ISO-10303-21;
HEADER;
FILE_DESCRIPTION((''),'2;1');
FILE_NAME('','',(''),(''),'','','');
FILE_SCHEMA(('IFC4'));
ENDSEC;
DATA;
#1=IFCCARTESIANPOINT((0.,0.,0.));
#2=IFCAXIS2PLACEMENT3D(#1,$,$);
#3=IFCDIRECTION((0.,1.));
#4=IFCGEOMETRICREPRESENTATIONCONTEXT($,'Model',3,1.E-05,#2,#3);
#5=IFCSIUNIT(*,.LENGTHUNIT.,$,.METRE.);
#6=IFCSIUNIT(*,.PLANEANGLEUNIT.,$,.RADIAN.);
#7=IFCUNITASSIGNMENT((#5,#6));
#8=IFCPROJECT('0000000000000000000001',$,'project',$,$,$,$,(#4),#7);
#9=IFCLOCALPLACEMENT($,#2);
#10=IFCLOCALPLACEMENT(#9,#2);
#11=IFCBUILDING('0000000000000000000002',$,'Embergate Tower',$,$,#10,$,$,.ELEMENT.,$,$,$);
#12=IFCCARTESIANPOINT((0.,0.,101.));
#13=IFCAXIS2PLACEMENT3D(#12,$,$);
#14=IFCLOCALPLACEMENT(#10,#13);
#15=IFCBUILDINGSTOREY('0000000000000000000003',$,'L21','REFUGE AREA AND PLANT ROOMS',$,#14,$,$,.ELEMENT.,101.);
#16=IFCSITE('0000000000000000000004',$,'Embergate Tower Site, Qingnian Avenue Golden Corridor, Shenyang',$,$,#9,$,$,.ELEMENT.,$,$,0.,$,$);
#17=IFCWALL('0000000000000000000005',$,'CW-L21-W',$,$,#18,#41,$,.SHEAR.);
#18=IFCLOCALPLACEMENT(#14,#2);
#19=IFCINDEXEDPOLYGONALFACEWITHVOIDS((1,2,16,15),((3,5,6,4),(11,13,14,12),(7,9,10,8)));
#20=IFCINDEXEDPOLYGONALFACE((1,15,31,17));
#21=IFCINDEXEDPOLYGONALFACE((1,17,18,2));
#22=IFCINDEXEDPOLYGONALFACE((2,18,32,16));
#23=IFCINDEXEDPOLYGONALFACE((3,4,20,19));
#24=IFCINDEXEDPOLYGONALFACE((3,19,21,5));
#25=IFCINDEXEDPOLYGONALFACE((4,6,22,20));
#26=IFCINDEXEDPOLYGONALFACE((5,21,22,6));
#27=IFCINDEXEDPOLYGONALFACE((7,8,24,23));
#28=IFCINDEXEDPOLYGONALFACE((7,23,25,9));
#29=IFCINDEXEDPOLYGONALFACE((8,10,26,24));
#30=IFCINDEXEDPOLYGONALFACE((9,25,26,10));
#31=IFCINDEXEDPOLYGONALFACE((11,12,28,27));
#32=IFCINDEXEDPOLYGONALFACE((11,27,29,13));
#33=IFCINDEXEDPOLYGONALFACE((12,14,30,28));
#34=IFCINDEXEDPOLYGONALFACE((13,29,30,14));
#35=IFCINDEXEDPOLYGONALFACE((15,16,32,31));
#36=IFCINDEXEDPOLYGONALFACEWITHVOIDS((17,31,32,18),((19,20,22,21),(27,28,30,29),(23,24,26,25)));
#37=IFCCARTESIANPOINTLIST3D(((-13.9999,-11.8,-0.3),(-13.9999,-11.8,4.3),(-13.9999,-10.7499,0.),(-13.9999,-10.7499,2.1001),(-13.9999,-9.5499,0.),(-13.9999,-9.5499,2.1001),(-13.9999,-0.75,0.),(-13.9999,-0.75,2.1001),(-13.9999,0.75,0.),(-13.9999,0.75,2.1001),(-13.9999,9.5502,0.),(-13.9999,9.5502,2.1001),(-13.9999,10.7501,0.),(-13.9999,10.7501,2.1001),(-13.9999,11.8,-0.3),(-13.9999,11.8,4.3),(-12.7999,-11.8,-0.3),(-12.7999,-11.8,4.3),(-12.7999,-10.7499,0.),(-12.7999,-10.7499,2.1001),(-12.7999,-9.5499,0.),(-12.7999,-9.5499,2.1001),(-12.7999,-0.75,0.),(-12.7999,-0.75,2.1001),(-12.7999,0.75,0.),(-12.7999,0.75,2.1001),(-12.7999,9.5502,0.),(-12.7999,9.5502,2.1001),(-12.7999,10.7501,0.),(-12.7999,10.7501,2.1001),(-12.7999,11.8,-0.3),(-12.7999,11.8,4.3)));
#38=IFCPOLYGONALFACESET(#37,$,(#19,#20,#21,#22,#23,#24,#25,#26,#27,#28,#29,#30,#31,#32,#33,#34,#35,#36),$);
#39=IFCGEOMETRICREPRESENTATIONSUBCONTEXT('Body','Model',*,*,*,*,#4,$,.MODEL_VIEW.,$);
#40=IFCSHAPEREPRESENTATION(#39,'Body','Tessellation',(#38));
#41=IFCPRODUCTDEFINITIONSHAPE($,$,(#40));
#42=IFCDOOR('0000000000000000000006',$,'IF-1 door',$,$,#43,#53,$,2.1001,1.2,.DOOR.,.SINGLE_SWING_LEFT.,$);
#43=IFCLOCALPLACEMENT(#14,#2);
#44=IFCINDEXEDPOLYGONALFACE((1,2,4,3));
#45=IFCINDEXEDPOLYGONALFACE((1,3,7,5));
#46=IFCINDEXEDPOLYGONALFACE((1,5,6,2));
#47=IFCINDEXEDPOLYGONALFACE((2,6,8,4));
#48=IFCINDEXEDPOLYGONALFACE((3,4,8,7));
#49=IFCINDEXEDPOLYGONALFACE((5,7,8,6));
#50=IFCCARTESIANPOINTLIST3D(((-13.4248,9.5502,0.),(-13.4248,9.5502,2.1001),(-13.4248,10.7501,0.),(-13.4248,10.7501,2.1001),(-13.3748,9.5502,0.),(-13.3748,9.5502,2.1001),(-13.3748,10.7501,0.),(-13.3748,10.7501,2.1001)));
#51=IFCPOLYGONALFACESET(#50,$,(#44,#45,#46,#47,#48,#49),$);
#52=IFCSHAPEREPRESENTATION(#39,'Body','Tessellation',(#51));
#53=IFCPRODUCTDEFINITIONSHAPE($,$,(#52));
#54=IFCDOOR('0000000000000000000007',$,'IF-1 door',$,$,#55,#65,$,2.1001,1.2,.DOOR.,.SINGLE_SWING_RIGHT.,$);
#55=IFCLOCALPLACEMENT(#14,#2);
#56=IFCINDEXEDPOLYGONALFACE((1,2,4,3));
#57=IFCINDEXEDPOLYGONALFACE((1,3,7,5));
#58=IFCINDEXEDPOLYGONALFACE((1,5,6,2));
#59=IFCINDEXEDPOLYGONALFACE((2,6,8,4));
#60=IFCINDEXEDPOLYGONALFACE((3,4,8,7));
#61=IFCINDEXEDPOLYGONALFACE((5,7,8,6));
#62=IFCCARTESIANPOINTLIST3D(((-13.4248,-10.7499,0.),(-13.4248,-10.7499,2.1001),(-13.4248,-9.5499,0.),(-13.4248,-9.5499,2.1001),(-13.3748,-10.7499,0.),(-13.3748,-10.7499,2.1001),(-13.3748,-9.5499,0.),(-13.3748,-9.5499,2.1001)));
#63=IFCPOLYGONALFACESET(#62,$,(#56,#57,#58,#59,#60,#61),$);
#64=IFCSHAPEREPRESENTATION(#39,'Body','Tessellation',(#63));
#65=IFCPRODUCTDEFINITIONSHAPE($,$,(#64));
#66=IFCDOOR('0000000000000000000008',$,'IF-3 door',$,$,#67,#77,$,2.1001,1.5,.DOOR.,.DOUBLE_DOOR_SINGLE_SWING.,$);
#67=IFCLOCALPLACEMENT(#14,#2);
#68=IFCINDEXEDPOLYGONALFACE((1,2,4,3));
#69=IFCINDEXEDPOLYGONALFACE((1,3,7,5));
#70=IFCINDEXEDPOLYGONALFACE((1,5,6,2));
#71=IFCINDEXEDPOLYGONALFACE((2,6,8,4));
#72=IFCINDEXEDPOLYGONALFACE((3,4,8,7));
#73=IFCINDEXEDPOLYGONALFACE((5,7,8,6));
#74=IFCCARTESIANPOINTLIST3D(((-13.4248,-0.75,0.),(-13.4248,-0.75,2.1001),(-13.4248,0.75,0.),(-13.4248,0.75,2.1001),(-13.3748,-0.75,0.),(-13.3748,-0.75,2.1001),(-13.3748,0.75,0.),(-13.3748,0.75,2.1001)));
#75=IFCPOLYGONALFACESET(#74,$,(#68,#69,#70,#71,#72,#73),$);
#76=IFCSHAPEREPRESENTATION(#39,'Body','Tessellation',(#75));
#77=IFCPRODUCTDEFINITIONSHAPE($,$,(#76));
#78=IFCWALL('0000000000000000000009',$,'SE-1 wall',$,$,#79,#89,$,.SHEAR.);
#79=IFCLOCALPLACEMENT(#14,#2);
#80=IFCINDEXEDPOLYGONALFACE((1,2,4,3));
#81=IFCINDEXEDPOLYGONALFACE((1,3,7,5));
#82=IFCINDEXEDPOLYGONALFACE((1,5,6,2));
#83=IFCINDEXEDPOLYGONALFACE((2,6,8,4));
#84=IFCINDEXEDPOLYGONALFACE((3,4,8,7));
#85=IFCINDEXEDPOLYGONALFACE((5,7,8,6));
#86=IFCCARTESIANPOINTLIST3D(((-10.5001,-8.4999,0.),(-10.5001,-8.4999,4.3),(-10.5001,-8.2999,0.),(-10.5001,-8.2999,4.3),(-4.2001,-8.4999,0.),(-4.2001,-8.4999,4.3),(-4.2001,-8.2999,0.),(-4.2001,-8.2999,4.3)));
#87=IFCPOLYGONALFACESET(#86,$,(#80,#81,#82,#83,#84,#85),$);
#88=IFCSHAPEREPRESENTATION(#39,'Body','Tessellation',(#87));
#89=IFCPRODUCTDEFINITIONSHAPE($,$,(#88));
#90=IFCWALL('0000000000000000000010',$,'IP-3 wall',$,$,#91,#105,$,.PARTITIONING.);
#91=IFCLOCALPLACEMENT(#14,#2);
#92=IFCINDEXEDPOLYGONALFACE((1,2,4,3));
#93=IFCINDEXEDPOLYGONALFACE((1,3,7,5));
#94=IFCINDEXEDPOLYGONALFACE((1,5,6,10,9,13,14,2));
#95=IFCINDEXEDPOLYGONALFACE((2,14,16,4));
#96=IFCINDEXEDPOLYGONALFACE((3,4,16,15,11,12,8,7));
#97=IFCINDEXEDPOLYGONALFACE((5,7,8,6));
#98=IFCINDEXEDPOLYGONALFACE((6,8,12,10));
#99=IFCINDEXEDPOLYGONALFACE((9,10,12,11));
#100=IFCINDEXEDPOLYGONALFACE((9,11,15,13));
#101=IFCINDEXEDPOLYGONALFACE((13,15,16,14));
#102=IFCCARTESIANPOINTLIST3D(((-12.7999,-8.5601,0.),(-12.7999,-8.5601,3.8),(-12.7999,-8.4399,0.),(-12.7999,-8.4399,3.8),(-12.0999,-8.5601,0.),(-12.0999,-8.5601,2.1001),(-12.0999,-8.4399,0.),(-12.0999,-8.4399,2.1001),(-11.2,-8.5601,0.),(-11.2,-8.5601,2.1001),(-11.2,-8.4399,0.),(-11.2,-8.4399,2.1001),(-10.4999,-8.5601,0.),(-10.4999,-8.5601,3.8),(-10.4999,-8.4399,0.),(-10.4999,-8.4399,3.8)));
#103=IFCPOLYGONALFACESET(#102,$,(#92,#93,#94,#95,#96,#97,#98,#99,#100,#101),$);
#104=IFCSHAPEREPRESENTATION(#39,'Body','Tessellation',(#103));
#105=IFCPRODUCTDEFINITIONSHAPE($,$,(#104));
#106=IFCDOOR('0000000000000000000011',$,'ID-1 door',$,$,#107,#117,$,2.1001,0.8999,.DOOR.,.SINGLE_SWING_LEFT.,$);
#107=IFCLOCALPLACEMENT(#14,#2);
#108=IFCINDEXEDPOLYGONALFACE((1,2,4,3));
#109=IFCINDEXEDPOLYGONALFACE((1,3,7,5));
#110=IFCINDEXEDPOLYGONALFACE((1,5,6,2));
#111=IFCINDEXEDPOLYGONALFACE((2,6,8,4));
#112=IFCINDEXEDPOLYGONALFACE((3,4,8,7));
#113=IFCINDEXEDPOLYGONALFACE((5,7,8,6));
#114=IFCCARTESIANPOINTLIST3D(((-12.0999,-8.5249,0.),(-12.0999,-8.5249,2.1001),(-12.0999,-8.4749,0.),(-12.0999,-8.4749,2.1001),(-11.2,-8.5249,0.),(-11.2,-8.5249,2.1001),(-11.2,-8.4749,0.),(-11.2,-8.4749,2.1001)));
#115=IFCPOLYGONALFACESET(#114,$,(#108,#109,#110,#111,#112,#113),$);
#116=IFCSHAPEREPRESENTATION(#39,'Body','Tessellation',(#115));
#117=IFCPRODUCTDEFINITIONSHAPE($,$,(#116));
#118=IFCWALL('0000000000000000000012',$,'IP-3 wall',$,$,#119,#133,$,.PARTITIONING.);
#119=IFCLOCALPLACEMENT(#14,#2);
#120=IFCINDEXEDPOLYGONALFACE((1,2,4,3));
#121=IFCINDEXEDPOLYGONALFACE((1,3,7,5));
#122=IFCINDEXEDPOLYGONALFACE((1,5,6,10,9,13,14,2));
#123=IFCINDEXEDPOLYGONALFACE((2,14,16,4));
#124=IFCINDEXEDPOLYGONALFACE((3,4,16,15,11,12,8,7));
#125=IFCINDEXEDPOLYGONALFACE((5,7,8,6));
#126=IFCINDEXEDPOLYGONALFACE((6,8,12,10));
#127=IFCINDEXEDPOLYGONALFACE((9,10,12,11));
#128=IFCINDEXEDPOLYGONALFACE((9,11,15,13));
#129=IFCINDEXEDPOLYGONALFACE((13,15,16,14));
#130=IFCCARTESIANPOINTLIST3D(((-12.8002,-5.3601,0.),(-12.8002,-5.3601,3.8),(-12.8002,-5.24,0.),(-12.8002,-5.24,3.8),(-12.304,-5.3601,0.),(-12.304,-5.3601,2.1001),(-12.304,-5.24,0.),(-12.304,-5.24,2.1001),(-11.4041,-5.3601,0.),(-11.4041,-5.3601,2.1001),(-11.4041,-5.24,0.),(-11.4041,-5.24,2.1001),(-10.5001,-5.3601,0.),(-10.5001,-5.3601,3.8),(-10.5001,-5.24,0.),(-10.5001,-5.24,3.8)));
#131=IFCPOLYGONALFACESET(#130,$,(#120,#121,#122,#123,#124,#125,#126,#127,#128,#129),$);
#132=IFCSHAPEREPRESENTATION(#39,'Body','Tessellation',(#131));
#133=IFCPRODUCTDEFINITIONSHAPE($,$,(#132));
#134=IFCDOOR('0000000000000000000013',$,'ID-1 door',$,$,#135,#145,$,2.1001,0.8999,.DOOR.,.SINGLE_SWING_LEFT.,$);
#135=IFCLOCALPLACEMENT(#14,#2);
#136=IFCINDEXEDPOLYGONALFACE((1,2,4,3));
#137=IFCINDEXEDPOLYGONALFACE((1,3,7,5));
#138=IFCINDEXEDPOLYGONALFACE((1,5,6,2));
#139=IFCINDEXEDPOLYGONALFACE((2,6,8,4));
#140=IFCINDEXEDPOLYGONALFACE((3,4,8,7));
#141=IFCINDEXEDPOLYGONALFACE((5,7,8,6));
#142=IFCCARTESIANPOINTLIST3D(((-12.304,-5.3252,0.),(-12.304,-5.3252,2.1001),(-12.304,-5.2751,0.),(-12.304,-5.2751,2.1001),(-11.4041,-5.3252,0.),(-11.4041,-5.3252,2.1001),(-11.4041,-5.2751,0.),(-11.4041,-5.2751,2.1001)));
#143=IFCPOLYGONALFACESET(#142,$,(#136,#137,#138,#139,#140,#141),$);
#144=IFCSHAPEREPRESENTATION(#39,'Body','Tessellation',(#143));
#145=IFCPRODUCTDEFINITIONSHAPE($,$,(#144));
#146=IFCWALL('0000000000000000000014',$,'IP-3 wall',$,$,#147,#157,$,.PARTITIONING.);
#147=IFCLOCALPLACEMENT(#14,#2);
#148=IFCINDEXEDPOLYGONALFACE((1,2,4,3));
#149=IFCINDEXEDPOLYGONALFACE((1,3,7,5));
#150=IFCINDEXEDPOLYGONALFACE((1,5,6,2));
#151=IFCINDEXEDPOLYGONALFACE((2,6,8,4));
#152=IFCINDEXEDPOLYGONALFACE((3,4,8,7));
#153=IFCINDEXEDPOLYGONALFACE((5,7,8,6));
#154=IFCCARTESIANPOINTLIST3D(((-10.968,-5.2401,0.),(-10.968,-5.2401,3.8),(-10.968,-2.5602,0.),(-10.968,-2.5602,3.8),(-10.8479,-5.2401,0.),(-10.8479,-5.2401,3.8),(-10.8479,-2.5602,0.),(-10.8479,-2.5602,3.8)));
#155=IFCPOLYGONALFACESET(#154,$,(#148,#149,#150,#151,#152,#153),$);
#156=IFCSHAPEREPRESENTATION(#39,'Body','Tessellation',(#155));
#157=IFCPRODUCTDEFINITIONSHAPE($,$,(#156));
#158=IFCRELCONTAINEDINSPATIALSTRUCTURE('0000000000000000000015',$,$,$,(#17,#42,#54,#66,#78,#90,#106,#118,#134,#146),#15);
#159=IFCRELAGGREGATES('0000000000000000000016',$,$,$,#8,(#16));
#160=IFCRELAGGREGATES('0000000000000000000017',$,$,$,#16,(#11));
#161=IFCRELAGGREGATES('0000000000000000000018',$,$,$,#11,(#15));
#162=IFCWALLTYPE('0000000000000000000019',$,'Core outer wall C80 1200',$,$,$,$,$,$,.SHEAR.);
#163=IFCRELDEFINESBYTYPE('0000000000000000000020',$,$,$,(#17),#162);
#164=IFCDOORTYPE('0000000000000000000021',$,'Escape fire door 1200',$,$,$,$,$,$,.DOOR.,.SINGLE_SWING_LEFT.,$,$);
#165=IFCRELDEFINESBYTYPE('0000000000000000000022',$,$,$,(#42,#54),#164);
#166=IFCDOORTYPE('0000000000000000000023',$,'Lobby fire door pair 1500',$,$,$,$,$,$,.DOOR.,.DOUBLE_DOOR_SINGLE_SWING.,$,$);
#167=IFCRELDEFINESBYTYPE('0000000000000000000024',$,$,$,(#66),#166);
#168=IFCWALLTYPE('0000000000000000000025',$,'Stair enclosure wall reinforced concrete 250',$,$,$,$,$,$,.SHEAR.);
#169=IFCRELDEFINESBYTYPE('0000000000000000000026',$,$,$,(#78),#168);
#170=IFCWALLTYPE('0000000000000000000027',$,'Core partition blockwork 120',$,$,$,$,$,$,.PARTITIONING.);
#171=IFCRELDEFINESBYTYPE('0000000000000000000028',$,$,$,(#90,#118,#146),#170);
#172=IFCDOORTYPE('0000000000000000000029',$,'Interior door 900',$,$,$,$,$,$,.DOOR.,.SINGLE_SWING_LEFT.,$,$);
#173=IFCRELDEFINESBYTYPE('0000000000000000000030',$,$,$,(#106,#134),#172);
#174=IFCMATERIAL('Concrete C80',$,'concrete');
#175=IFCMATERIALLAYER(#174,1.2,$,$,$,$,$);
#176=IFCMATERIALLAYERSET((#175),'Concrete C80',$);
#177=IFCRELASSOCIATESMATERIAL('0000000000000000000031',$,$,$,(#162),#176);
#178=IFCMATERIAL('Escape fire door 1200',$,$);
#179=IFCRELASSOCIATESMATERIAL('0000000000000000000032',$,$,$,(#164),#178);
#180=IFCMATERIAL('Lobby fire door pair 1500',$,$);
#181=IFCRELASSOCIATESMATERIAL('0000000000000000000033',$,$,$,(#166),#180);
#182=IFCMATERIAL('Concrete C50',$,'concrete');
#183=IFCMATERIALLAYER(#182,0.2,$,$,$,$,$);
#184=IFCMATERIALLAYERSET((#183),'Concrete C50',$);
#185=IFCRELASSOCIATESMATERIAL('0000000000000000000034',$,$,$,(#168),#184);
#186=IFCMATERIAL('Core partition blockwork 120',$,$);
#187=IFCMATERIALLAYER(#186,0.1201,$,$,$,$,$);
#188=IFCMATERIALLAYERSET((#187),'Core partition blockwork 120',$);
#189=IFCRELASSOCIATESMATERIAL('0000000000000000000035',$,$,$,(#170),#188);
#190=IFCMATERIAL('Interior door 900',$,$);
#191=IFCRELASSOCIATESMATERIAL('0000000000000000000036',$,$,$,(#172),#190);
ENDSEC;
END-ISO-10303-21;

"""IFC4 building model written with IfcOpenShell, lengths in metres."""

from ifc_helpers import new_model, si_unit, direction, frame, frame_2d, origin, place, context, subcontext, project, spatial, rectangle, extrude, source, transform, mapped, material, layer, layer_set, type_object, element, fill, save


model = new_model("IFC4")

# Units and contexts
model_context = context("Model", 3, precision=1e-05, world=origin(), true_north=direction((0.0, 1.0)))
body_context = subcontext(model_context, "Body", "Model", "MODEL_VIEW")
ifc_project = project(units=[si_unit("LENGTHUNIT", "METRE"), si_unit("PLANEANGLEUNIT", "RADIAN")], contexts=[model_context])

# Site, building, storey
site_placement = place(None, origin())
site = spatial("IfcSite", under=ifc_project, at=site_placement, Name="Embergate Tower Site, Qingnian Avenue Golden Corridor, Shenyang", CompositionType="ELEMENT", RefElevation=0.0)
building_placement = place(site_placement, origin())
building = spatial("IfcBuilding", under=site, at=building_placement, Name="Embergate Tower", CompositionType="ELEMENT")
storey_placement = place(building_placement, frame((0.0, 0.0, 101.0)))
storey = spatial("IfcBuildingStorey", under=building, at=storey_placement, Name="L21", Description="REFUGE AREA AND PLANT ROOMS", CompositionType="ELEMENT", Elevation=101.0)

# Shared definitions
ifc_material_1 = material(Name="Concrete C80", Category="concrete")
ifc_layer_1 = layer(ifc_material_1, 1.2)
ifc_layer_set_1 = layer_set([ifc_layer_1], Name="Concrete C80")
wall_type_1 = type_object("IfcWallType", Name="Core outer wall C80 1200", PredefinedType="SHEAR", material=ifc_layer_set_1)

# Wall, openings, doors
shared_shape_1 = source(origin(), body_context, "Body", "SweptSolid", [
    extrude(rectangle(XDim=23.6001, YDim=1.2, at=frame_2d((11.8, 0.0))), origin(), (0.0, 0.0, 1.0), 4.6001),
])
wall_1_placement = place(storey_placement, frame((-13.3999, -11.8, -0.3), z_axis=(0.0, 0.0, 1.0), x_axis=(0.0, 1.0, 0.0)))
wall_1 = element("IfcWall", 1, at=wall_1_placement, inside=storey, type_object=wall_type_1, Name="CW-L21-W", PredefinedType="SHEAR", context=body_context, shape_type="MappedRepresentation", body=[
    mapped(shared_shape_1, transform((0.0, 0.0, 0.0))),
])
shared_shape_2 = source(origin(), body_context, "Body", "SweptSolid", [
    extrude(rectangle(XDim=1.2, YDim=2.1001, at=frame_2d((0.6001, 1.05))), frame((0.0, 0.6099, 0.0), z_axis=(0.0, -1.0, 0.0), x_axis=(1.0, 0.0, 0.0)), (0.0, 0.0, 1.0), 1.22),
])
opening_1_placement = place(wall_1_placement, frame((21.3501, 0.0, 0.3)))
opening_1 = element("IfcOpeningElement", 2, at=opening_1_placement, cuts=wall_1, PredefinedType="OPENING", context=body_context, shape_type="MappedRepresentation", body=[
    mapped(shared_shape_2, transform((0.0, 0.0, 0.0))),
])
opening_2_placement = place(wall_1_placement, frame((1.05, 0.0, 0.3)))
opening_2 = element("IfcOpeningElement", 3, at=opening_2_placement, cuts=wall_1, PredefinedType="OPENING", context=body_context, shape_type="MappedRepresentation", body=[
    mapped(shared_shape_2, transform((0.0, 0.0, 0.0))),
])
shared_shape_3 = source(origin(), body_context, "Body", "SweptSolid", [
    extrude(rectangle(XDim=1.5, YDim=2.1001, at=frame_2d((0.75, 1.05))), frame((0.0, 0.6099, 0.0), z_axis=(0.0, -1.0, 0.0), x_axis=(1.0, 0.0, 0.0)), (0.0, 0.0, 1.0), 1.22),
])
opening_3_placement = place(wall_1_placement, frame((11.05, 0.0, 0.3)))
opening_3 = element("IfcOpeningElement", 4, at=opening_3_placement, cuts=wall_1, PredefinedType="OPENING", context=body_context, shape_type="MappedRepresentation", body=[
    mapped(shared_shape_3, transform((0.0, 0.0, 0.0))),
])
ifc_material_2 = material(Name="Escape fire door 1200")
door_type_1 = type_object("IfcDoorType", Name="Escape fire door 1200", OperationType="SINGLE_SWING_LEFT", PredefinedType="DOOR", material=ifc_material_2)
shared_shape_4 = source(origin(), body_context, "Body", "SweptSolid", [
    extrude(rectangle(XDim=1.2, YDim=2.1001, at=frame_2d((0.6001, 1.05))), frame((0.0, 0.0249, 0.0), z_axis=(0.0, -1.0, 0.0), x_axis=(1.0, 0.0, 0.0)), (0.0, 0.0, 1.0), 0.05),
])
door_1_placement = place(opening_1_placement, origin())
door_1 = element("IfcDoor", 5, at=door_1_placement, inside=storey, type_object=door_type_1, Name="IF-1 door", OperationType="SINGLE_SWING_LEFT", OverallHeight=2.1001, OverallWidth=1.2, PredefinedType="DOOR", context=body_context, shape_type="MappedRepresentation", body=[
    mapped(shared_shape_4, transform((0.0, 0.0, 0.0))),
])
fill(opening_1, door_1)
door_2_placement = place(opening_2_placement, origin())
door_2 = element("IfcDoor", 6, at=door_2_placement, inside=storey, type_object=door_type_1, Name="IF-1 door", OperationType="SINGLE_SWING_RIGHT", OverallHeight=2.1001, OverallWidth=1.2, PredefinedType="DOOR", context=body_context, shape_type="MappedRepresentation", body=[
    mapped(shared_shape_4, transform((0.0, 0.0, 0.0))),
])
fill(opening_2, door_2)
ifc_material_3 = material(Name="Lobby fire door pair 1500")
door_type_2 = type_object("IfcDoorType", Name="Lobby fire door pair 1500", OperationType="DOUBLE_DOOR_SINGLE_SWING", PredefinedType="DOOR", material=ifc_material_3)
shared_shape_5 = source(origin(), body_context, "Body", "SweptSolid", [
    extrude(rectangle(XDim=1.5, YDim=2.1001, at=frame_2d((0.75, 1.05))), frame((0.0, 0.0249, 0.0), z_axis=(0.0, -1.0, 0.0), x_axis=(1.0, 0.0, 0.0)), (0.0, 0.0, 1.0), 0.05),
])
door_3_placement = place(opening_3_placement, origin())
door_3 = element("IfcDoor", 7, at=door_3_placement, inside=storey, type_object=door_type_2, Name="IF-3 door", OperationType="DOUBLE_DOOR_SINGLE_SWING", OverallHeight=2.1001, OverallWidth=1.5, PredefinedType="DOOR", context=body_context, shape_type="MappedRepresentation", body=[
    mapped(shared_shape_5, transform((0.0, 0.0, 0.0))),
])
fill(opening_3, door_3)

# Wall
ifc_material_4 = material(Name="Concrete C50", Category="concrete")
ifc_layer_2 = layer(ifc_material_4, 0.2)
ifc_layer_set_2 = layer_set([ifc_layer_2], Name="Concrete C50")
wall_type_2 = type_object("IfcWallType", Name="Stair enclosure wall reinforced concrete 250", PredefinedType="SHEAR", material=ifc_layer_set_2)
shared_shape_6 = source(origin(), body_context, "Body", "SweptSolid", [
    extrude(rectangle(XDim=6.3, YDim=0.2, at=frame_2d((3.1499, 0.0))), origin(), (0.0, 0.0, 1.0), 4.3),
])
wall_2_placement = place(storey_placement, frame((-10.5, -8.3999, 0.0), z_axis=(0.0, 0.0, 1.0), x_axis=(1.0, 0.0, 0.0)))
element("IfcWall", 8, at=wall_2_placement, inside=storey, type_object=wall_type_2, Name="SE-1 wall", PredefinedType="SHEAR", context=body_context, shape_type="MappedRepresentation", body=[
    mapped(shared_shape_6, transform((0.0, 0.0, 0.0))),
])

# Walls, openings, doors
ifc_material_5 = material(Name="Core partition blockwork 120")
ifc_layer_3 = layer(ifc_material_5, 0.1201)
ifc_layer_set_3 = layer_set([ifc_layer_3], Name="Core partition blockwork 120")
wall_type_3 = type_object("IfcWallType", Name="Core partition blockwork 120", PredefinedType="PARTITIONING", material=ifc_layer_set_3)
shared_shape_7 = source(origin(), body_context, "Body", "SweptSolid", [
    extrude(rectangle(XDim=2.3, YDim=0.1201, at=frame_2d((1.1499, 0.0))), origin(), (0.0, 0.0, 1.0), 3.8),
])
wall_3_placement = place(storey_placement, frame((-10.5, -8.5, 0.0), z_axis=(0.0, 0.0, 1.0), x_axis=(-1.0, 0.0, 0.0)))
wall_3 = element("IfcWall", 9, at=wall_3_placement, inside=storey, type_object=wall_type_3, Name="IP-3 wall", PredefinedType="PARTITIONING", context=body_context, shape_type="MappedRepresentation", body=[
    mapped(shared_shape_7, transform((0.0, 0.0, 0.0))),
])
shared_shape_8 = source(origin(), body_context, "Body", "SweptSolid", [
    extrude(rectangle(XDim=0.8999, YDim=2.1001, at=frame_2d((0.45, 1.05))), frame((0.0, 0.0701, 0.0), z_axis=(0.0, -1.0, 0.0), x_axis=(1.0, 0.0, 0.0)), (0.0, 0.0, 1.0), 0.1401),
])
opening_4_placement = place(wall_3_placement, frame((0.7, 0.0, 0.0)))
opening_4 = element("IfcOpeningElement", 10, at=opening_4_placement, cuts=wall_3, PredefinedType="OPENING", context=body_context, shape_type="MappedRepresentation", body=[
    mapped(shared_shape_8, transform((0.0, 0.0, 0.0))),
])
ifc_material_6 = material(Name="Interior door 900")
door_type_3 = type_object("IfcDoorType", Name="Interior door 900", OperationType="SINGLE_SWING_LEFT", PredefinedType="DOOR", material=ifc_material_6)
shared_shape_9 = source(origin(), body_context, "Body", "SweptSolid", [
    extrude(rectangle(XDim=0.8999, YDim=2.1001, at=frame_2d((0.45, 1.05))), frame((0.0, 0.0249, 0.0), z_axis=(0.0, -1.0, 0.0), x_axis=(1.0, 0.0, 0.0)), (0.0, 0.0, 1.0), 0.05),
])
door_4_placement = place(opening_4_placement, origin())
door_4 = element("IfcDoor", 11, at=door_4_placement, inside=storey, type_object=door_type_3, Name="ID-1 door", OperationType="SINGLE_SWING_LEFT", OverallHeight=2.1001, OverallWidth=0.8999, PredefinedType="DOOR", context=body_context, shape_type="MappedRepresentation", body=[
    mapped(shared_shape_9, transform((0.0, 0.0, 0.0))),
])
fill(opening_4, door_4)
wall_4_placement = place(storey_placement, frame((-12.8, -5.3, 0.0), z_axis=(0.0, 0.0, 1.0), x_axis=(1.0, 0.0, 0.0)))
wall_4 = element("IfcWall", 12, at=wall_4_placement, inside=storey, type_object=wall_type_3, Name="IP-3 wall", PredefinedType="PARTITIONING", context=body_context, shape_type="MappedRepresentation", body=[
    mapped(shared_shape_7, transform((0.0, 0.0, 0.0))),
])
opening_5_placement = place(wall_4_placement, frame((0.4961, 0.0, 0.0)))
opening_5 = element("IfcOpeningElement", 13, at=opening_5_placement, cuts=wall_4, PredefinedType="OPENING", context=body_context, shape_type="MappedRepresentation", body=[
    mapped(shared_shape_8, transform((0.0, 0.0, 0.0))),
])
door_5_placement = place(opening_5_placement, origin())
door_5 = element("IfcDoor", 14, at=door_5_placement, inside=storey, type_object=door_type_3, Name="ID-1 door", OperationType="SINGLE_SWING_LEFT", OverallHeight=2.1001, OverallWidth=0.8999, PredefinedType="DOOR", context=body_context, shape_type="MappedRepresentation", body=[
    mapped(shared_shape_9, transform((0.0, 0.0, 0.0))),
])
fill(opening_5, door_5)

# Wall
shared_shape_10 = source(origin(), body_context, "Body", "SweptSolid", [
    extrude(rectangle(XDim=2.6799, YDim=0.1201, at=frame_2d((1.3398, 0.0))), origin(), (0.0, 0.0, 1.0), 3.8),
])
wall_5_placement = place(storey_placement, frame((-10.908, -5.24, 0.0), z_axis=(0.0, 0.0, 1.0), x_axis=(0.0, 1.0, 0.0)))
element("IfcWall", 15, at=wall_5_placement, inside=storey, type_object=wall_type_3, Name="IP-3 wall", PredefinedType="PARTITIONING", context=body_context, shape_type="MappedRepresentation", body=[
    mapped(shared_shape_10, transform((0.0, 0.0, 0.0))),
])

save(model, "model.ifc")
